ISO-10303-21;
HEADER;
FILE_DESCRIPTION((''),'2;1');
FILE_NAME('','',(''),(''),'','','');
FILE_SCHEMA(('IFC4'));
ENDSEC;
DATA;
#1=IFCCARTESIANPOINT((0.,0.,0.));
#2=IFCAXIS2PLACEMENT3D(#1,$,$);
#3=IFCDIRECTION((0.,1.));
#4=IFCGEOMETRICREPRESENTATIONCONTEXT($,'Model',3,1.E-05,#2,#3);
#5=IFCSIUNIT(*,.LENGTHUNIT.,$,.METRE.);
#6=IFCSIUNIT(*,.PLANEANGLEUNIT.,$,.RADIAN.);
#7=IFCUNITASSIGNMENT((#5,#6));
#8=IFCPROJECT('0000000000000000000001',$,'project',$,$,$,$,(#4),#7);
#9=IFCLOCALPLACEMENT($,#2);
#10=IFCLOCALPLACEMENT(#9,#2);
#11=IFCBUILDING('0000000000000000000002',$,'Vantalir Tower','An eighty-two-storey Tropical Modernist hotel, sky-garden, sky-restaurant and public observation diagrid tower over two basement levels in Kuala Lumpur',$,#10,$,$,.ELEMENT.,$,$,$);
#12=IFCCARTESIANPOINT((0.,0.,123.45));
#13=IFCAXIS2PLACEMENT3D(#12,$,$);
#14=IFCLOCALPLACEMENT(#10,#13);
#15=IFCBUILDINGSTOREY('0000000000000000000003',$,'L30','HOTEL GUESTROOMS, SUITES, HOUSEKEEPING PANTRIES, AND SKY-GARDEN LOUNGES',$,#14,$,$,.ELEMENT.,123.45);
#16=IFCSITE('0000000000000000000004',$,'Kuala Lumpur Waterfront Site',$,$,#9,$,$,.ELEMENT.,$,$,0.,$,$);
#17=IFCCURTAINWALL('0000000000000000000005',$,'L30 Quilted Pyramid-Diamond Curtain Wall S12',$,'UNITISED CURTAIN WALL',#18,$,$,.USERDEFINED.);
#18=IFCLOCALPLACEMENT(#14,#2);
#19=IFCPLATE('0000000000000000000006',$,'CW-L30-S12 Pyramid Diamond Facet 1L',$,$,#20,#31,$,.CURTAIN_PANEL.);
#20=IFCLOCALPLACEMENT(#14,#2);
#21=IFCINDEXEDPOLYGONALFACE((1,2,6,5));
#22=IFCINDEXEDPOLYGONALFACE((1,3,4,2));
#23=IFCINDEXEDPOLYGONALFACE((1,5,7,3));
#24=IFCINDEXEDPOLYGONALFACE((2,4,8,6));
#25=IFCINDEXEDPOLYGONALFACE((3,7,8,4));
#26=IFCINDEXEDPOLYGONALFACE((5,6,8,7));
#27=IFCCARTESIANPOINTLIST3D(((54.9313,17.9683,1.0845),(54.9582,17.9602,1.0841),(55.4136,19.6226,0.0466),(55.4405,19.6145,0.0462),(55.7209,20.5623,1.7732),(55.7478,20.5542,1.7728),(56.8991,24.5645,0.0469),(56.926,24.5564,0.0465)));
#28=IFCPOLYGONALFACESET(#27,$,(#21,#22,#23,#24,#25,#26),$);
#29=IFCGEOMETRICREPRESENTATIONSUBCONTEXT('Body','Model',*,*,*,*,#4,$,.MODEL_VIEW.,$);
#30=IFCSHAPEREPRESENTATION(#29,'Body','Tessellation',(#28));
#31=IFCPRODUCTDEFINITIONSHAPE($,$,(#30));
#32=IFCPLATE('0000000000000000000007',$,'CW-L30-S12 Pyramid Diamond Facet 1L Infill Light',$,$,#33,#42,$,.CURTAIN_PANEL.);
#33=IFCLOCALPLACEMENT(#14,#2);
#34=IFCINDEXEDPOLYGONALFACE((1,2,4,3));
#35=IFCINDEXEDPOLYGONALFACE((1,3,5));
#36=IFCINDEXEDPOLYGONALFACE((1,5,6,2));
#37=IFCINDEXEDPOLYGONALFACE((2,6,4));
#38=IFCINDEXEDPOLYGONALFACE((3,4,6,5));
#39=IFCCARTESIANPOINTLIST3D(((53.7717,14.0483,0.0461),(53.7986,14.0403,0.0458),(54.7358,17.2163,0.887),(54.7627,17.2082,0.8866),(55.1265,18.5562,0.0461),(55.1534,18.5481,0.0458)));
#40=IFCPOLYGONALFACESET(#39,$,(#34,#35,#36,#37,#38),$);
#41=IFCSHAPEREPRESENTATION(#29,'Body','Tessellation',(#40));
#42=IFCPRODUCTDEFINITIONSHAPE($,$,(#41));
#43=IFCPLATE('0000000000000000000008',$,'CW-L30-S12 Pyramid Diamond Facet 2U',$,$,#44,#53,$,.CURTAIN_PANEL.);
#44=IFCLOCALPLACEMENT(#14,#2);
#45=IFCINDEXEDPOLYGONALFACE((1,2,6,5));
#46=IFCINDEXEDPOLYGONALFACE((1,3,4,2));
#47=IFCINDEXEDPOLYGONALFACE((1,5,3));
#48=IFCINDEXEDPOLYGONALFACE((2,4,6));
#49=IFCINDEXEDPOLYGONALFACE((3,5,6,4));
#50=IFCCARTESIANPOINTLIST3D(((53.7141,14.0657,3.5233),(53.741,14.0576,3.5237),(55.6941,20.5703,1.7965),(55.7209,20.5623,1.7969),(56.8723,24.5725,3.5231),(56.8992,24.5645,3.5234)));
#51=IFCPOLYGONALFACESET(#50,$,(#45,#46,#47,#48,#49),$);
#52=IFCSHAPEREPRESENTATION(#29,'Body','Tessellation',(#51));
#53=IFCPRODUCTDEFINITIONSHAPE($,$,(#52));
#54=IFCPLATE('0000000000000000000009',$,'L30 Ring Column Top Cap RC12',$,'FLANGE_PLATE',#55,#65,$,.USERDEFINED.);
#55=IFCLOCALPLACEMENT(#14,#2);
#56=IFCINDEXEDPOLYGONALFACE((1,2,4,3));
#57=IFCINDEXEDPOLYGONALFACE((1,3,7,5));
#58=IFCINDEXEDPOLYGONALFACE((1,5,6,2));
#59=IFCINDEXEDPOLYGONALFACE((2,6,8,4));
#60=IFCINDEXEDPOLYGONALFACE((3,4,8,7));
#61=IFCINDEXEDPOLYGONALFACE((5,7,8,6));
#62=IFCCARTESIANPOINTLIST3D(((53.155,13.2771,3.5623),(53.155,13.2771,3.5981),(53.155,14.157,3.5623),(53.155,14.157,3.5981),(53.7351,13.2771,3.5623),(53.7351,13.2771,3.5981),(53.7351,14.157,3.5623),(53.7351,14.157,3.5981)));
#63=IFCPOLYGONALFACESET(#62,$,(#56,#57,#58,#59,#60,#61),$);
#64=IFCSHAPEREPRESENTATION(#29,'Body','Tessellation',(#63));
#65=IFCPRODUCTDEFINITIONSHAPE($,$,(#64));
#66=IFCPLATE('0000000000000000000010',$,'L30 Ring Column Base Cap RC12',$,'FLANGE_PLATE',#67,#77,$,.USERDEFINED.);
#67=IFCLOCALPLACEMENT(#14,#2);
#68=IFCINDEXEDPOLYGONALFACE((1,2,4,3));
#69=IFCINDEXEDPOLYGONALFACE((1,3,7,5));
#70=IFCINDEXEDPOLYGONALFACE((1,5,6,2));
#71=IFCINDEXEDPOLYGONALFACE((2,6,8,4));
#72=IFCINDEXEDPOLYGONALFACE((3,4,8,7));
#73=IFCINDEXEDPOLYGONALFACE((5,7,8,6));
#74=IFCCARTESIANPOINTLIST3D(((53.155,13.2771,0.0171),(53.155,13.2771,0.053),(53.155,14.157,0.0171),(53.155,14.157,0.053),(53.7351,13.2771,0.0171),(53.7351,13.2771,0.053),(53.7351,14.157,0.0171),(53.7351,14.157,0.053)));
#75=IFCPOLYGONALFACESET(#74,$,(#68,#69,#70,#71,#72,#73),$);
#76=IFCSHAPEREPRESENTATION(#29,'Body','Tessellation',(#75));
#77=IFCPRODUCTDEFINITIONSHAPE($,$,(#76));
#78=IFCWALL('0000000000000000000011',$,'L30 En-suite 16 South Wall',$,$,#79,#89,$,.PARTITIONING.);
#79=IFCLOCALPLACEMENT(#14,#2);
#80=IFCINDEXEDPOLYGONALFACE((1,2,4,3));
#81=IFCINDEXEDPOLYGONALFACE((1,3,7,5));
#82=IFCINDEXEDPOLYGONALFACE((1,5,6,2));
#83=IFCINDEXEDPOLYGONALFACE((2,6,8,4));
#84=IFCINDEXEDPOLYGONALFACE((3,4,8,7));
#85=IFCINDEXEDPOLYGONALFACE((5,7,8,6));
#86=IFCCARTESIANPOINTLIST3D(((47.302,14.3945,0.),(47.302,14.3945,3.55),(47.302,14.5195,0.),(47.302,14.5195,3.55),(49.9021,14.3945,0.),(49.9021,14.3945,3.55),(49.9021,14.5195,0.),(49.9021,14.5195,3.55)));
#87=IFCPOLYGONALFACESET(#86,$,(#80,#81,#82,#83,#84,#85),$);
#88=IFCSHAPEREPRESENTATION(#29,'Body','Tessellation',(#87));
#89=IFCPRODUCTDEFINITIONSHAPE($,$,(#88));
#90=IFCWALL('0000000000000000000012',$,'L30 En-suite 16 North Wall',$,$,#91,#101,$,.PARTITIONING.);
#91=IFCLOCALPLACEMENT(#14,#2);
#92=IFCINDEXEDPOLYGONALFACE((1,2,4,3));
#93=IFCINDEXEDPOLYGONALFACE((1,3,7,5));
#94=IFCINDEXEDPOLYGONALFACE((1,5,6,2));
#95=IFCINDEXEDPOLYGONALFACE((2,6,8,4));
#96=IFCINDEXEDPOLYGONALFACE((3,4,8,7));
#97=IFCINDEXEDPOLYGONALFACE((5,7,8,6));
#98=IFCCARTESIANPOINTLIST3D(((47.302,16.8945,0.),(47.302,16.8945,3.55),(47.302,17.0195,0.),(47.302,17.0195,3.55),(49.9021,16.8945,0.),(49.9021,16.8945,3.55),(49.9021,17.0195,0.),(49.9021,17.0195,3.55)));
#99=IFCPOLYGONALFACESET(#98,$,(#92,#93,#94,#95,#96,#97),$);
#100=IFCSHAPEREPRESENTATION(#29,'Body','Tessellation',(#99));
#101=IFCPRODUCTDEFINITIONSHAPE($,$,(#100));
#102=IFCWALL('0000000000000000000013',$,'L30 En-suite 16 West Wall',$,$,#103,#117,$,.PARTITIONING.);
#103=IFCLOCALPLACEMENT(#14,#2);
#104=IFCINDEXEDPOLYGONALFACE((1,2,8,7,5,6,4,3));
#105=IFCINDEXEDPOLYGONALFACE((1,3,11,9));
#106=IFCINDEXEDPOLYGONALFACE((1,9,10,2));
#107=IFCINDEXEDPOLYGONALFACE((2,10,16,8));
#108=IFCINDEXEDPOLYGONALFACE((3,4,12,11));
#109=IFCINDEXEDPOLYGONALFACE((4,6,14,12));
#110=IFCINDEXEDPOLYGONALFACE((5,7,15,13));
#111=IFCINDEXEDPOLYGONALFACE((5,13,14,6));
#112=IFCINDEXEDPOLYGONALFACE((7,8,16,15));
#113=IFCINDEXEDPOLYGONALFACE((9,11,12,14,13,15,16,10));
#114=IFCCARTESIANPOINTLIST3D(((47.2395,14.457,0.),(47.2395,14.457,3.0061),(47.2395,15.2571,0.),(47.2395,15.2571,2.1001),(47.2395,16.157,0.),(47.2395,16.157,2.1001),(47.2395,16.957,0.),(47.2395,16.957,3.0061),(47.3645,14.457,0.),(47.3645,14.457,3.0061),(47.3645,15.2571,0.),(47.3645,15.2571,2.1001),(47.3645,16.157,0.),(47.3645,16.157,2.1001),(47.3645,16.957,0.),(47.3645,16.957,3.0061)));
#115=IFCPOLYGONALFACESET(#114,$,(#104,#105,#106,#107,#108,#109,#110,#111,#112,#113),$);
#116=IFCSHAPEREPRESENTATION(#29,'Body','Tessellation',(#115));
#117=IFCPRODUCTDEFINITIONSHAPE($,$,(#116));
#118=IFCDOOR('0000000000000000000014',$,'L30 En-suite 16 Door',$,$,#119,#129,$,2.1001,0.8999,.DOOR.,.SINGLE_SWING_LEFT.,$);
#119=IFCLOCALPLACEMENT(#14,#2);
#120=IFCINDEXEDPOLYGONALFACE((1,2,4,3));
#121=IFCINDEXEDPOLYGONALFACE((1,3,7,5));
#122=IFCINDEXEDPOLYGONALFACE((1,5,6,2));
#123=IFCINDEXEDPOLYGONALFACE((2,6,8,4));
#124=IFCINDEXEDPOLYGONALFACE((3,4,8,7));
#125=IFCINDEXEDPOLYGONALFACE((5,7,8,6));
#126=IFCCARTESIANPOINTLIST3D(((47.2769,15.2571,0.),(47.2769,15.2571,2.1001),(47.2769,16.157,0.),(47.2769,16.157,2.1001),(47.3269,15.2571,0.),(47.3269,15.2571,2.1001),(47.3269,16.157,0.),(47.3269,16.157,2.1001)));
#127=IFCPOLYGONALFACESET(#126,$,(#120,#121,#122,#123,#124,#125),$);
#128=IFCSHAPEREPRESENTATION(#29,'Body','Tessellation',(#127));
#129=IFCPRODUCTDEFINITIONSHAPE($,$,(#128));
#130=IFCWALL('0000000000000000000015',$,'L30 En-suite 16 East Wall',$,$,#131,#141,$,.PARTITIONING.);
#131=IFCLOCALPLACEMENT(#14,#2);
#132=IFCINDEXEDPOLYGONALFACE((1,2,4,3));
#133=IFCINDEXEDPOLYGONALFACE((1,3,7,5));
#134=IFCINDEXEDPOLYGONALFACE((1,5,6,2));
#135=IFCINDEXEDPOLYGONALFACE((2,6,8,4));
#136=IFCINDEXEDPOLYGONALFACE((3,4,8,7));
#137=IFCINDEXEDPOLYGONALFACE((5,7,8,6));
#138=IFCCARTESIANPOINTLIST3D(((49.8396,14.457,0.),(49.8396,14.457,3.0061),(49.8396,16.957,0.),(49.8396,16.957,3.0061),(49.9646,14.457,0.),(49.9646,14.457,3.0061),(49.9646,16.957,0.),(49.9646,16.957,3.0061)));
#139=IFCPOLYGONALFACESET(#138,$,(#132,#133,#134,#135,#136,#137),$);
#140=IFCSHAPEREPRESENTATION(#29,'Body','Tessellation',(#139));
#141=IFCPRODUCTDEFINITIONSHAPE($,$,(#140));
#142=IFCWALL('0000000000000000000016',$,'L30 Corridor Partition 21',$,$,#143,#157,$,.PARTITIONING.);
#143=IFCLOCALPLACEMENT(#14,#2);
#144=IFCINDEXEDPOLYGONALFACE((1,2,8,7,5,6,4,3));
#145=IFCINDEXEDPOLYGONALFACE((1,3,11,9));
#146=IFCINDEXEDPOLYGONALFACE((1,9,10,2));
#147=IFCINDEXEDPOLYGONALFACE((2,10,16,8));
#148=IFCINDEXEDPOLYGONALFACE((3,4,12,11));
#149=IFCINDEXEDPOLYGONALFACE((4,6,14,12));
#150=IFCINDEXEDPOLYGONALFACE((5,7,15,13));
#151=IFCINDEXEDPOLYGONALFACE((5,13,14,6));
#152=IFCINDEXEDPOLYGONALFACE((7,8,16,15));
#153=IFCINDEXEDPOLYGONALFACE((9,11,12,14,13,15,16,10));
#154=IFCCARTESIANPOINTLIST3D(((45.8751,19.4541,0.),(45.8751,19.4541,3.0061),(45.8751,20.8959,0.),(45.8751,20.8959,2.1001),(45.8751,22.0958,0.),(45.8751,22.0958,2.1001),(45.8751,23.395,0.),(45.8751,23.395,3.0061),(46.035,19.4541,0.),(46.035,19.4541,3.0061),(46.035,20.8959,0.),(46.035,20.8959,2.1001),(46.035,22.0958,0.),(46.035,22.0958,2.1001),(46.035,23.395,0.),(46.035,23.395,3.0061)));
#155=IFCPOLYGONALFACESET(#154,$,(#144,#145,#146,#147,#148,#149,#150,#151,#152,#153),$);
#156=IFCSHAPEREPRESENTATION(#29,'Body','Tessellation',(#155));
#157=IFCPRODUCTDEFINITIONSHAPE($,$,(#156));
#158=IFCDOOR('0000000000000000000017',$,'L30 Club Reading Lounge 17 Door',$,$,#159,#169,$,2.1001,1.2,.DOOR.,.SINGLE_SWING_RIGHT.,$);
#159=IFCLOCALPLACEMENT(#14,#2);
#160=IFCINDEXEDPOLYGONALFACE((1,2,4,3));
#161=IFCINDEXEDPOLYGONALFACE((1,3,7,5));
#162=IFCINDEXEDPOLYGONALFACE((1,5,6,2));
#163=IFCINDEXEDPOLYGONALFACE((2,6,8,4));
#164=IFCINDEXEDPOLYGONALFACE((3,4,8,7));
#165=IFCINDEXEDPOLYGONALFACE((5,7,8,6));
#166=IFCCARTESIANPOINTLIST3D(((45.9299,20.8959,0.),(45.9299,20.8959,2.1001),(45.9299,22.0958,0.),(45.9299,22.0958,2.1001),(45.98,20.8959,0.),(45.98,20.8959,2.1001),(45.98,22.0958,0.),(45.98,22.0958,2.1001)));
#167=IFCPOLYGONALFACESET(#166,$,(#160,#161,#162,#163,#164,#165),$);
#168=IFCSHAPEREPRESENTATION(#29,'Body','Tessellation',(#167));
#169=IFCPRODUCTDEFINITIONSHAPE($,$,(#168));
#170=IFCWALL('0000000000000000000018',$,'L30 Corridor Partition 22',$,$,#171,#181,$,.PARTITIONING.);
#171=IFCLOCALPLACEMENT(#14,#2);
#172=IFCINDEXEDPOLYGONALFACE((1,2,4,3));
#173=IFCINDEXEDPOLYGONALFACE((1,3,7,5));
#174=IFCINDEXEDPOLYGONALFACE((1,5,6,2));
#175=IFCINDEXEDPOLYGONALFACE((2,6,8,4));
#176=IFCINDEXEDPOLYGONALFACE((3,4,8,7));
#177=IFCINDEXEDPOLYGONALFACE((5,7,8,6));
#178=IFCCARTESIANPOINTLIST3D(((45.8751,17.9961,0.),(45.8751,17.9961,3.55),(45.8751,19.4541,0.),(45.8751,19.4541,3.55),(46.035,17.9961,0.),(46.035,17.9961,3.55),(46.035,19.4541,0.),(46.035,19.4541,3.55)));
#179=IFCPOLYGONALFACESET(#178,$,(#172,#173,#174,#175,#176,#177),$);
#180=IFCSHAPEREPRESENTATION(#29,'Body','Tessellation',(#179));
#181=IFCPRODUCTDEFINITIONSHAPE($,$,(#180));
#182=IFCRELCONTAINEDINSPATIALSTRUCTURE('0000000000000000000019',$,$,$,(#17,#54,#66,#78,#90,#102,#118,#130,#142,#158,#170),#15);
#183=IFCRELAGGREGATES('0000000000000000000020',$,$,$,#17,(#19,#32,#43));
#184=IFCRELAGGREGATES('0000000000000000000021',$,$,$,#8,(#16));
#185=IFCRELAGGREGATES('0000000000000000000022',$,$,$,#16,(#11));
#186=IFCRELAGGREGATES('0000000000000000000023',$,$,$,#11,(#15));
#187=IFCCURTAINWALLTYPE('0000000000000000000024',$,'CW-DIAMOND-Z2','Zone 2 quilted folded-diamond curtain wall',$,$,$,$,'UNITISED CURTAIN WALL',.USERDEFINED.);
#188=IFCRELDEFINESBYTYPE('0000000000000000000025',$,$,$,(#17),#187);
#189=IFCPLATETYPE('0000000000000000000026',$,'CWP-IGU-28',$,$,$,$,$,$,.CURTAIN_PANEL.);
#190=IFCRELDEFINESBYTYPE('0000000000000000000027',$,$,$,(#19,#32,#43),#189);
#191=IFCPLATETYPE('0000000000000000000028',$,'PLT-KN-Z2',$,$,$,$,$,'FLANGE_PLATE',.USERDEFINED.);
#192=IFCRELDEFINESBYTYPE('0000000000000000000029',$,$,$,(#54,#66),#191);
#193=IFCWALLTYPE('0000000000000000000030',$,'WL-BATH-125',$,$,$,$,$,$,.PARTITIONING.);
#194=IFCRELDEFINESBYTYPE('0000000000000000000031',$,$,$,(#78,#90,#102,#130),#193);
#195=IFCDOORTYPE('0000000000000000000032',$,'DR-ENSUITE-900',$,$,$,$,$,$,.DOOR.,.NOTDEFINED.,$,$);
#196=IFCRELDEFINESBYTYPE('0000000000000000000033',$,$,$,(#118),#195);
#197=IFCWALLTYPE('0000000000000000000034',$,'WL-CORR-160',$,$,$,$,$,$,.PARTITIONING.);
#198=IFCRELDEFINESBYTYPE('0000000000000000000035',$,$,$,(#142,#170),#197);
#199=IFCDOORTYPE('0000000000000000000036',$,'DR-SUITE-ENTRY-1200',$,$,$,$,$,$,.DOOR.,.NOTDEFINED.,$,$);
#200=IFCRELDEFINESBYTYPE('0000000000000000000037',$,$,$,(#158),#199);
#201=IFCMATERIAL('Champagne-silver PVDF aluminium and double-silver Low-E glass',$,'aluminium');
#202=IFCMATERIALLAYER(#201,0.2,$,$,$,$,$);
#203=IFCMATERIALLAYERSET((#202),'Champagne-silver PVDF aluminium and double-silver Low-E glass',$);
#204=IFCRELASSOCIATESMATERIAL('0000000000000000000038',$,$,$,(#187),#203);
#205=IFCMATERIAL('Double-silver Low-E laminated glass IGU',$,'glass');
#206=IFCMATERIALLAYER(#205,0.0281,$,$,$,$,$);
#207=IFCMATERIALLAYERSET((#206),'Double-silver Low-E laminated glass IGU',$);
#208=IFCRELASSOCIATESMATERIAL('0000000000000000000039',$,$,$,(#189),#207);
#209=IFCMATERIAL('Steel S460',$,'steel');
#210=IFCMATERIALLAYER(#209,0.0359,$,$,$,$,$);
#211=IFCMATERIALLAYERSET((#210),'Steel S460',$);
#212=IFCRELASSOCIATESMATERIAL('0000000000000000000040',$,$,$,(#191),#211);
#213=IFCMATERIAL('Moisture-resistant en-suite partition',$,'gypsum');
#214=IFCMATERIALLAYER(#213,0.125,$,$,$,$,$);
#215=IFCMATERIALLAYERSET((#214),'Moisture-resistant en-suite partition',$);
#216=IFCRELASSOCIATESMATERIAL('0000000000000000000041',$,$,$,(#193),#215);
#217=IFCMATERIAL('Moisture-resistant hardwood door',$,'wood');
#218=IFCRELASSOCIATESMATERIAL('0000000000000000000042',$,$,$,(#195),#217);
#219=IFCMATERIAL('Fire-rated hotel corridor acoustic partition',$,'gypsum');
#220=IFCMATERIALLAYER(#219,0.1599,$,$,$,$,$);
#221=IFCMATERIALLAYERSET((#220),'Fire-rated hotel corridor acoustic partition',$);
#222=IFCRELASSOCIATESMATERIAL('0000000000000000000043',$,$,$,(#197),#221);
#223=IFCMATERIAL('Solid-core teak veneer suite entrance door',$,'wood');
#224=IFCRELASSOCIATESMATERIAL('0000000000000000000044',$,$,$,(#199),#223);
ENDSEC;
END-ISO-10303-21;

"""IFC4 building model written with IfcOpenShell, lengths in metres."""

from ifc_helpers import new_model, si_unit, direction, frame, frame_2d, origin, place, context, subcontext, project, spatial, polyline, rectangle, outline, extrude, material, layer, layer_set, type_object, element, fill, aggregate, save


model = new_model("IFC4")

# Units and contexts
model_context = context("Model", 3, precision=1e-05, world=origin(), true_north=direction((0.0, 1.0)))
body_context = subcontext(model_context, "Body", "Model", "MODEL_VIEW")
ifc_project = project(units=[si_unit("LENGTHUNIT", "METRE"), si_unit("PLANEANGLEUNIT", "RADIAN")], contexts=[model_context])

# Site, building, storey
site_placement = place(None, origin())
site = spatial("IfcSite", under=ifc_project, at=site_placement, Name="Kuala Lumpur Waterfront Site", CompositionType="ELEMENT", RefElevation=0.0)
building_placement = place(site_placement, origin())
building = spatial("IfcBuilding", under=site, at=building_placement, Name="Vantalir Tower", Description="An eighty-two-storey Tropical Modernist hotel, sky-garden, sky-restaurant and public observation diagrid tower over two basement levels in Kuala Lumpur", CompositionType="ELEMENT")
storey_placement = place(building_placement, frame((0.0, 0.0, 123.45)))
storey = spatial("IfcBuildingStorey", under=building, at=storey_placement, Name="L30", Description="HOTEL GUESTROOMS, SUITES, HOUSEKEEPING PANTRIES, AND SKY-GARDEN LOUNGES", CompositionType="ELEMENT", Elevation=123.45)

# Shared definitions
ifc_material_1 = material(Name="Steel S460", Category="steel")

# Curtain wall
ifc_material_2 = material(Name="Champagne-silver PVDF aluminium and double-silver Low-E glass", Category="aluminium")
ifc_layer_1 = layer(ifc_material_2, 0.2)
ifc_layer_set_1 = layer_set([ifc_layer_1], Name="Champagne-silver PVDF aluminium and double-silver Low-E glass")
curtain_wall_type = type_object("IfcCurtainWallType", Name="CW-DIAMOND-Z2", Description="Zone 2 quilted folded-diamond curtain wall", ElementType="UNITISED CURTAIN WALL", PredefinedType="USERDEFINED", material=ifc_layer_set_1)
curtain_wall_1_placement = place(storey_placement, origin())
curtain_wall_1 = element("IfcCurtainWall", 1, at=curtain_wall_1_placement, inside=storey, type_object=curtain_wall_type, Name="L30 Quilted Pyramid-Diamond Curtain Wall S12", ObjectType="UNITISED CURTAIN WALL", PredefinedType="USERDEFINED")

# Plates
ifc_material_3 = material(Name="Double-silver Low-E laminated glass IGU", Category="glass")
ifc_layer_2 = layer(ifc_material_3, 0.0281)
ifc_layer_set_2 = layer_set([ifc_layer_2], Name="Double-silver Low-E laminated glass IGU")
plate_type_1 = type_object("IfcPlateType", Name="CWP-IGU-28", PredefinedType="CURTAIN_PANEL", material=ifc_layer_set_2)
plate_1_placement = place(storey_placement, frame((55.4136, 19.6226, 0.0466), z_axis=(-0.957579, 0.287838, 0.013816), x_axis=(0.287866, 0.957671, 0.000048)))
plate_1 = element("IfcPlate", 2, at=plate_1_placement, type_object=plate_type_1, Name="CW-L30-S12 Pyramid Diamond Facet 1L", PredefinedType="CURTAIN_PANEL", context=body_context, shape_type="SweptSolid", body=[
    extrude(outline(polyline([(0.0, 0.0), (5.1604, 0.0), (0.9885, -1.7267), (-1.723, -1.038), (0.0, 0.0)])), origin(), (0.0, 0.0, -1.0), 0.0281),
])
plate_2_placement = place(storey_placement, frame((53.7717, 14.0483, 0.0461), z_axis=(-0.957596, 0.287787, 0.013711), x_axis=(0.287814, 0.957686, 0.0)))
plate_2 = element("IfcPlate", 3, at=plate_2_placement, type_object=plate_type_1, Name="CW-L30-S12 Pyramid Diamond Facet 1L Infill Light", PredefinedType="CURTAIN_PANEL", context=body_context, shape_type="SweptSolid", body=[
    extrude(outline(polyline([(0.0, 0.0), (4.707, 0.0), (3.3114, -0.8409), (0.0, 0.0)])), origin(), (0.0, 0.0, -1.0), 0.0281),
])
plate_3_placement = place(storey_placement, frame((56.8992, 24.5645, 3.5234), z_axis=(0.957581, -0.287835, 0.013743), x_axis=(-0.287862, -0.957672, 0.000022)))
plate_3 = element("IfcPlate", 4, at=plate_3_placement, type_object=plate_type_1, Name="CW-L30-S12 Pyramid Diamond Facet 2U", PredefinedType="CURTAIN_PANEL", context=body_context, shape_type="SweptSolid", body=[
    extrude(outline(polyline([(0.0, 0.0), (10.9712, 0.0), (4.1719, 1.7268), (0.0, 0.0)])), origin(), (0.0, 0.0, -1.0), 0.0281),
])
aggregate(curtain_wall_1, [plate_1, plate_2, plate_3])

# Plates
ifc_layer_3 = layer(ifc_material_1, 0.0359)
ifc_layer_set_3 = layer_set([ifc_layer_3], Name="Steel S460")
plate_type_2 = type_object("IfcPlateType", Name="PLT-KN-Z2", ElementType="FLANGE_PLATE", PredefinedType="USERDEFINED", material=ifc_layer_set_3)
for number, where, z_axis, x_axis, name in (
    (5, (53.155, 14.157, 3.5981), (0.0, 0.0, 1.0), (0.0, -1.0, 0.0), "L30 Ring Column Top Cap RC12"),
    (6, (53.155, 14.157, 0.053), (0.0, 0.0, 1.0), (0.0, -1.0, 0.0), "L30 Ring Column Base Cap RC12"),
):
    element("IfcPlate", number, at=place(storey_placement, frame(where, z_axis=z_axis, x_axis=x_axis)), inside=storey, type_object=plate_type_2, Name=name, ObjectType="FLANGE_PLATE", PredefinedType="USERDEFINED", context=body_context, shape_type="SweptSolid", body=[
        extrude(outline(polyline([(0.0, 0.0), (0.8799, 0.0), (0.8799, 0.5801), (0.0, 0.5801), (0.0, 0.0)])), origin(), (0.0, 0.0, -1.0), 0.0359),
    ])

# Walls
ifc_material_4 = material(Name="Moisture-resistant en-suite partition", Category="gypsum")
ifc_layer_4 = layer(ifc_material_4, 0.125)
ifc_layer_set_4 = layer_set([ifc_layer_4], Name="Moisture-resistant en-suite partition")
wall_type_1 = type_object("IfcWallType", Name="WL-BATH-125", PredefinedType="PARTITIONING", material=ifc_layer_set_4)
for number, where, z_axis, x_axis, name in (
    (7, (47.302, 14.457, 0.0), (0.0, 0.0, 1.0), (1.0, 0.0, 0.0), "L30 En-suite 16 South Wall"),
    (8, (47.302, 16.957, 0.0), (0.0, 0.0, 1.0), (1.0, 0.0, 0.0), "L30 En-suite 16 North Wall"),
):
    element("IfcWall", number, at=place(storey_placement, frame(where, z_axis=z_axis, x_axis=x_axis)), inside=storey, type_object=wall_type_1, Name=name, PredefinedType="PARTITIONING", context=body_context, shape_type="SweptSolid", body=[
        extrude(rectangle(XDim=2.6001, YDim=0.125, at=frame_2d((1.3, 0.0))), origin(), (0.0, 0.0, 1.0), 3.55),
    ])

# Wall, opening, door
wall_1_placement = place(storey_placement, frame((47.302, 14.457, 0.0), z_axis=(0.0, 0.0, 1.0), x_axis=(0.0, 1.0, 0.0)))
wall_1 = element("IfcWall", 9, at=wall_1_placement, inside=storey, type_object=wall_type_1, Name="L30 En-suite 16 West Wall", PredefinedType="PARTITIONING", context=body_context, shape_type="SweptSolid", body=[
    extrude(rectangle(XDim=2.5, YDim=0.125, at=frame_2d((1.25, 0.0))), origin(), (0.0, 0.0, 1.0), 3.0061),
])
opening_1_placement = place(wall_1_placement, frame((0.8, 0.0, 0.0)))
opening_1 = element("IfcOpeningElement", 10, at=opening_1_placement, cuts=wall_1, PredefinedType="OPENING", context=body_context, shape_type="SweptSolid", body=[
    extrude(rectangle(XDim=0.8999, YDim=2.1001, at=frame_2d((0.45, 1.05))), frame((0.0, 0.0725, 0.0), z_axis=(0.0, -1.0, 0.0), x_axis=(1.0, 0.0, 0.0)), (0.0, 0.0, 1.0), 0.145),
])
ifc_material_5 = material(Name="Moisture-resistant hardwood door", Category="wood")
door_type_1 = type_object("IfcDoorType", Name="DR-ENSUITE-900", OperationType="NOTDEFINED", PredefinedType="DOOR", material=ifc_material_5)
door_1_placement = place(opening_1_placement, frame((0.8999, 0.0, 0.0), z_axis=(0.0, 0.0, 1.0), x_axis=(-1.0, 0.0, 0.0)))
door_1 = element("IfcDoor", 11, at=door_1_placement, inside=storey, type_object=door_type_1, Name="L30 En-suite 16 Door", OperationType="SINGLE_SWING_LEFT", OverallHeight=2.1001, OverallWidth=0.8999, PredefinedType="DOOR", context=body_context, shape_type="SweptSolid", body=[
    extrude(rectangle(XDim=0.8999, YDim=2.1001, at=frame_2d((0.45, 1.05))), frame((0.0, 0.0249, 0.0), z_axis=(0.0, -1.0, 0.0), x_axis=(1.0, 0.0, 0.0)), (0.0, 0.0, 1.0), 0.05),
])
fill(opening_1, door_1)

# Wall
wall_2_placement = place(storey_placement, frame((49.9021, 14.457, 0.0), z_axis=(0.0, 0.0, 1.0), x_axis=(0.0, 1.0, 0.0)))
element("IfcWall", 12, at=wall_2_placement, inside=storey, type_object=wall_type_1, Name="L30 En-suite 16 East Wall", PredefinedType="PARTITIONING", context=body_context, shape_type="SweptSolid", body=[
    extrude(rectangle(XDim=2.5, YDim=0.125, at=frame_2d((1.25, 0.0))), origin(), (0.0, 0.0, 1.0), 3.0061),
])

# Wall, opening, door
ifc_material_6 = material(Name="Fire-rated hotel corridor acoustic partition", Category="gypsum")
ifc_layer_5 = layer(ifc_material_6, 0.1599)
ifc_layer_set_5 = layer_set([ifc_layer_5], Name="Fire-rated hotel corridor acoustic partition")
wall_type_2 = type_object("IfcWallType", Name="WL-CORR-160", PredefinedType="PARTITIONING", material=ifc_layer_set_5)
wall_3_placement = place(storey_placement, frame((45.9551, 23.395, 0.0), z_axis=(0.0, 0.0, 1.0), x_axis=(0.0, -1.0, 0.0)))
wall_3 = element("IfcWall", 13, at=wall_3_placement, inside=storey, type_object=wall_type_2, Name="L30 Corridor Partition 21", PredefinedType="PARTITIONING", context=body_context, shape_type="SweptSolid", body=[
    extrude(rectangle(XDim=3.9409, YDim=0.1599, at=frame_2d((1.9705, 0.0))), origin(), (0.0, 0.0, 1.0), 3.0061),
])
opening_2_placement = place(wall_3_placement, frame((1.2991, 0.0, 0.0)))
opening_2 = element("IfcOpeningElement", 14, at=opening_2_placement, cuts=wall_3, PredefinedType="OPENING", context=body_context, shape_type="SweptSolid", body=[
    extrude(rectangle(XDim=1.2, YDim=2.1001, at=frame_2d((0.6001, 1.05))), frame((0.0, 0.0898, 0.0), z_axis=(0.0, -1.0, 0.0), x_axis=(1.0, 0.0, 0.0)), (0.0, 0.0, 1.0), 0.1799),
])
ifc_material_7 = material(Name="Solid-core teak veneer suite entrance door", Category="wood")
door_type_2 = type_object("IfcDoorType", Name="DR-SUITE-ENTRY-1200", OperationType="NOTDEFINED", PredefinedType="DOOR", material=ifc_material_7)
door_2_placement = place(opening_2_placement, origin())
door_2 = element("IfcDoor", 15, at=door_2_placement, inside=storey, type_object=door_type_2, Name="L30 Club Reading Lounge 17 Door", OperationType="SINGLE_SWING_RIGHT", OverallHeight=2.1001, OverallWidth=1.2, PredefinedType="DOOR", context=body_context, shape_type="SweptSolid", body=[
    extrude(rectangle(XDim=1.2, YDim=2.1001, at=frame_2d((0.6001, 1.05))), frame((0.0, 0.0249, 0.0), z_axis=(0.0, -1.0, 0.0), x_axis=(1.0, 0.0, 0.0)), (0.0, 0.0, 1.0), 0.05),
])
fill(opening_2, door_2)

# Wall
wall_4_placement = place(storey_placement, frame((45.9551, 19.4541, 0.0), z_axis=(0.0, 0.0, 1.0), x_axis=(0.0, -1.0, 0.0)))
element("IfcWall", 16, at=wall_4_placement, inside=storey, type_object=wall_type_2, Name="L30 Corridor Partition 22", PredefinedType="PARTITIONING", context=body_context, shape_type="SweptSolid", body=[
    extrude(rectangle(XDim=1.458, YDim=0.1599, at=frame_2d((0.729, 0.0))), origin(), (0.0, 0.0, 1.0), 3.55),
])

save(model, "model.ifc")
